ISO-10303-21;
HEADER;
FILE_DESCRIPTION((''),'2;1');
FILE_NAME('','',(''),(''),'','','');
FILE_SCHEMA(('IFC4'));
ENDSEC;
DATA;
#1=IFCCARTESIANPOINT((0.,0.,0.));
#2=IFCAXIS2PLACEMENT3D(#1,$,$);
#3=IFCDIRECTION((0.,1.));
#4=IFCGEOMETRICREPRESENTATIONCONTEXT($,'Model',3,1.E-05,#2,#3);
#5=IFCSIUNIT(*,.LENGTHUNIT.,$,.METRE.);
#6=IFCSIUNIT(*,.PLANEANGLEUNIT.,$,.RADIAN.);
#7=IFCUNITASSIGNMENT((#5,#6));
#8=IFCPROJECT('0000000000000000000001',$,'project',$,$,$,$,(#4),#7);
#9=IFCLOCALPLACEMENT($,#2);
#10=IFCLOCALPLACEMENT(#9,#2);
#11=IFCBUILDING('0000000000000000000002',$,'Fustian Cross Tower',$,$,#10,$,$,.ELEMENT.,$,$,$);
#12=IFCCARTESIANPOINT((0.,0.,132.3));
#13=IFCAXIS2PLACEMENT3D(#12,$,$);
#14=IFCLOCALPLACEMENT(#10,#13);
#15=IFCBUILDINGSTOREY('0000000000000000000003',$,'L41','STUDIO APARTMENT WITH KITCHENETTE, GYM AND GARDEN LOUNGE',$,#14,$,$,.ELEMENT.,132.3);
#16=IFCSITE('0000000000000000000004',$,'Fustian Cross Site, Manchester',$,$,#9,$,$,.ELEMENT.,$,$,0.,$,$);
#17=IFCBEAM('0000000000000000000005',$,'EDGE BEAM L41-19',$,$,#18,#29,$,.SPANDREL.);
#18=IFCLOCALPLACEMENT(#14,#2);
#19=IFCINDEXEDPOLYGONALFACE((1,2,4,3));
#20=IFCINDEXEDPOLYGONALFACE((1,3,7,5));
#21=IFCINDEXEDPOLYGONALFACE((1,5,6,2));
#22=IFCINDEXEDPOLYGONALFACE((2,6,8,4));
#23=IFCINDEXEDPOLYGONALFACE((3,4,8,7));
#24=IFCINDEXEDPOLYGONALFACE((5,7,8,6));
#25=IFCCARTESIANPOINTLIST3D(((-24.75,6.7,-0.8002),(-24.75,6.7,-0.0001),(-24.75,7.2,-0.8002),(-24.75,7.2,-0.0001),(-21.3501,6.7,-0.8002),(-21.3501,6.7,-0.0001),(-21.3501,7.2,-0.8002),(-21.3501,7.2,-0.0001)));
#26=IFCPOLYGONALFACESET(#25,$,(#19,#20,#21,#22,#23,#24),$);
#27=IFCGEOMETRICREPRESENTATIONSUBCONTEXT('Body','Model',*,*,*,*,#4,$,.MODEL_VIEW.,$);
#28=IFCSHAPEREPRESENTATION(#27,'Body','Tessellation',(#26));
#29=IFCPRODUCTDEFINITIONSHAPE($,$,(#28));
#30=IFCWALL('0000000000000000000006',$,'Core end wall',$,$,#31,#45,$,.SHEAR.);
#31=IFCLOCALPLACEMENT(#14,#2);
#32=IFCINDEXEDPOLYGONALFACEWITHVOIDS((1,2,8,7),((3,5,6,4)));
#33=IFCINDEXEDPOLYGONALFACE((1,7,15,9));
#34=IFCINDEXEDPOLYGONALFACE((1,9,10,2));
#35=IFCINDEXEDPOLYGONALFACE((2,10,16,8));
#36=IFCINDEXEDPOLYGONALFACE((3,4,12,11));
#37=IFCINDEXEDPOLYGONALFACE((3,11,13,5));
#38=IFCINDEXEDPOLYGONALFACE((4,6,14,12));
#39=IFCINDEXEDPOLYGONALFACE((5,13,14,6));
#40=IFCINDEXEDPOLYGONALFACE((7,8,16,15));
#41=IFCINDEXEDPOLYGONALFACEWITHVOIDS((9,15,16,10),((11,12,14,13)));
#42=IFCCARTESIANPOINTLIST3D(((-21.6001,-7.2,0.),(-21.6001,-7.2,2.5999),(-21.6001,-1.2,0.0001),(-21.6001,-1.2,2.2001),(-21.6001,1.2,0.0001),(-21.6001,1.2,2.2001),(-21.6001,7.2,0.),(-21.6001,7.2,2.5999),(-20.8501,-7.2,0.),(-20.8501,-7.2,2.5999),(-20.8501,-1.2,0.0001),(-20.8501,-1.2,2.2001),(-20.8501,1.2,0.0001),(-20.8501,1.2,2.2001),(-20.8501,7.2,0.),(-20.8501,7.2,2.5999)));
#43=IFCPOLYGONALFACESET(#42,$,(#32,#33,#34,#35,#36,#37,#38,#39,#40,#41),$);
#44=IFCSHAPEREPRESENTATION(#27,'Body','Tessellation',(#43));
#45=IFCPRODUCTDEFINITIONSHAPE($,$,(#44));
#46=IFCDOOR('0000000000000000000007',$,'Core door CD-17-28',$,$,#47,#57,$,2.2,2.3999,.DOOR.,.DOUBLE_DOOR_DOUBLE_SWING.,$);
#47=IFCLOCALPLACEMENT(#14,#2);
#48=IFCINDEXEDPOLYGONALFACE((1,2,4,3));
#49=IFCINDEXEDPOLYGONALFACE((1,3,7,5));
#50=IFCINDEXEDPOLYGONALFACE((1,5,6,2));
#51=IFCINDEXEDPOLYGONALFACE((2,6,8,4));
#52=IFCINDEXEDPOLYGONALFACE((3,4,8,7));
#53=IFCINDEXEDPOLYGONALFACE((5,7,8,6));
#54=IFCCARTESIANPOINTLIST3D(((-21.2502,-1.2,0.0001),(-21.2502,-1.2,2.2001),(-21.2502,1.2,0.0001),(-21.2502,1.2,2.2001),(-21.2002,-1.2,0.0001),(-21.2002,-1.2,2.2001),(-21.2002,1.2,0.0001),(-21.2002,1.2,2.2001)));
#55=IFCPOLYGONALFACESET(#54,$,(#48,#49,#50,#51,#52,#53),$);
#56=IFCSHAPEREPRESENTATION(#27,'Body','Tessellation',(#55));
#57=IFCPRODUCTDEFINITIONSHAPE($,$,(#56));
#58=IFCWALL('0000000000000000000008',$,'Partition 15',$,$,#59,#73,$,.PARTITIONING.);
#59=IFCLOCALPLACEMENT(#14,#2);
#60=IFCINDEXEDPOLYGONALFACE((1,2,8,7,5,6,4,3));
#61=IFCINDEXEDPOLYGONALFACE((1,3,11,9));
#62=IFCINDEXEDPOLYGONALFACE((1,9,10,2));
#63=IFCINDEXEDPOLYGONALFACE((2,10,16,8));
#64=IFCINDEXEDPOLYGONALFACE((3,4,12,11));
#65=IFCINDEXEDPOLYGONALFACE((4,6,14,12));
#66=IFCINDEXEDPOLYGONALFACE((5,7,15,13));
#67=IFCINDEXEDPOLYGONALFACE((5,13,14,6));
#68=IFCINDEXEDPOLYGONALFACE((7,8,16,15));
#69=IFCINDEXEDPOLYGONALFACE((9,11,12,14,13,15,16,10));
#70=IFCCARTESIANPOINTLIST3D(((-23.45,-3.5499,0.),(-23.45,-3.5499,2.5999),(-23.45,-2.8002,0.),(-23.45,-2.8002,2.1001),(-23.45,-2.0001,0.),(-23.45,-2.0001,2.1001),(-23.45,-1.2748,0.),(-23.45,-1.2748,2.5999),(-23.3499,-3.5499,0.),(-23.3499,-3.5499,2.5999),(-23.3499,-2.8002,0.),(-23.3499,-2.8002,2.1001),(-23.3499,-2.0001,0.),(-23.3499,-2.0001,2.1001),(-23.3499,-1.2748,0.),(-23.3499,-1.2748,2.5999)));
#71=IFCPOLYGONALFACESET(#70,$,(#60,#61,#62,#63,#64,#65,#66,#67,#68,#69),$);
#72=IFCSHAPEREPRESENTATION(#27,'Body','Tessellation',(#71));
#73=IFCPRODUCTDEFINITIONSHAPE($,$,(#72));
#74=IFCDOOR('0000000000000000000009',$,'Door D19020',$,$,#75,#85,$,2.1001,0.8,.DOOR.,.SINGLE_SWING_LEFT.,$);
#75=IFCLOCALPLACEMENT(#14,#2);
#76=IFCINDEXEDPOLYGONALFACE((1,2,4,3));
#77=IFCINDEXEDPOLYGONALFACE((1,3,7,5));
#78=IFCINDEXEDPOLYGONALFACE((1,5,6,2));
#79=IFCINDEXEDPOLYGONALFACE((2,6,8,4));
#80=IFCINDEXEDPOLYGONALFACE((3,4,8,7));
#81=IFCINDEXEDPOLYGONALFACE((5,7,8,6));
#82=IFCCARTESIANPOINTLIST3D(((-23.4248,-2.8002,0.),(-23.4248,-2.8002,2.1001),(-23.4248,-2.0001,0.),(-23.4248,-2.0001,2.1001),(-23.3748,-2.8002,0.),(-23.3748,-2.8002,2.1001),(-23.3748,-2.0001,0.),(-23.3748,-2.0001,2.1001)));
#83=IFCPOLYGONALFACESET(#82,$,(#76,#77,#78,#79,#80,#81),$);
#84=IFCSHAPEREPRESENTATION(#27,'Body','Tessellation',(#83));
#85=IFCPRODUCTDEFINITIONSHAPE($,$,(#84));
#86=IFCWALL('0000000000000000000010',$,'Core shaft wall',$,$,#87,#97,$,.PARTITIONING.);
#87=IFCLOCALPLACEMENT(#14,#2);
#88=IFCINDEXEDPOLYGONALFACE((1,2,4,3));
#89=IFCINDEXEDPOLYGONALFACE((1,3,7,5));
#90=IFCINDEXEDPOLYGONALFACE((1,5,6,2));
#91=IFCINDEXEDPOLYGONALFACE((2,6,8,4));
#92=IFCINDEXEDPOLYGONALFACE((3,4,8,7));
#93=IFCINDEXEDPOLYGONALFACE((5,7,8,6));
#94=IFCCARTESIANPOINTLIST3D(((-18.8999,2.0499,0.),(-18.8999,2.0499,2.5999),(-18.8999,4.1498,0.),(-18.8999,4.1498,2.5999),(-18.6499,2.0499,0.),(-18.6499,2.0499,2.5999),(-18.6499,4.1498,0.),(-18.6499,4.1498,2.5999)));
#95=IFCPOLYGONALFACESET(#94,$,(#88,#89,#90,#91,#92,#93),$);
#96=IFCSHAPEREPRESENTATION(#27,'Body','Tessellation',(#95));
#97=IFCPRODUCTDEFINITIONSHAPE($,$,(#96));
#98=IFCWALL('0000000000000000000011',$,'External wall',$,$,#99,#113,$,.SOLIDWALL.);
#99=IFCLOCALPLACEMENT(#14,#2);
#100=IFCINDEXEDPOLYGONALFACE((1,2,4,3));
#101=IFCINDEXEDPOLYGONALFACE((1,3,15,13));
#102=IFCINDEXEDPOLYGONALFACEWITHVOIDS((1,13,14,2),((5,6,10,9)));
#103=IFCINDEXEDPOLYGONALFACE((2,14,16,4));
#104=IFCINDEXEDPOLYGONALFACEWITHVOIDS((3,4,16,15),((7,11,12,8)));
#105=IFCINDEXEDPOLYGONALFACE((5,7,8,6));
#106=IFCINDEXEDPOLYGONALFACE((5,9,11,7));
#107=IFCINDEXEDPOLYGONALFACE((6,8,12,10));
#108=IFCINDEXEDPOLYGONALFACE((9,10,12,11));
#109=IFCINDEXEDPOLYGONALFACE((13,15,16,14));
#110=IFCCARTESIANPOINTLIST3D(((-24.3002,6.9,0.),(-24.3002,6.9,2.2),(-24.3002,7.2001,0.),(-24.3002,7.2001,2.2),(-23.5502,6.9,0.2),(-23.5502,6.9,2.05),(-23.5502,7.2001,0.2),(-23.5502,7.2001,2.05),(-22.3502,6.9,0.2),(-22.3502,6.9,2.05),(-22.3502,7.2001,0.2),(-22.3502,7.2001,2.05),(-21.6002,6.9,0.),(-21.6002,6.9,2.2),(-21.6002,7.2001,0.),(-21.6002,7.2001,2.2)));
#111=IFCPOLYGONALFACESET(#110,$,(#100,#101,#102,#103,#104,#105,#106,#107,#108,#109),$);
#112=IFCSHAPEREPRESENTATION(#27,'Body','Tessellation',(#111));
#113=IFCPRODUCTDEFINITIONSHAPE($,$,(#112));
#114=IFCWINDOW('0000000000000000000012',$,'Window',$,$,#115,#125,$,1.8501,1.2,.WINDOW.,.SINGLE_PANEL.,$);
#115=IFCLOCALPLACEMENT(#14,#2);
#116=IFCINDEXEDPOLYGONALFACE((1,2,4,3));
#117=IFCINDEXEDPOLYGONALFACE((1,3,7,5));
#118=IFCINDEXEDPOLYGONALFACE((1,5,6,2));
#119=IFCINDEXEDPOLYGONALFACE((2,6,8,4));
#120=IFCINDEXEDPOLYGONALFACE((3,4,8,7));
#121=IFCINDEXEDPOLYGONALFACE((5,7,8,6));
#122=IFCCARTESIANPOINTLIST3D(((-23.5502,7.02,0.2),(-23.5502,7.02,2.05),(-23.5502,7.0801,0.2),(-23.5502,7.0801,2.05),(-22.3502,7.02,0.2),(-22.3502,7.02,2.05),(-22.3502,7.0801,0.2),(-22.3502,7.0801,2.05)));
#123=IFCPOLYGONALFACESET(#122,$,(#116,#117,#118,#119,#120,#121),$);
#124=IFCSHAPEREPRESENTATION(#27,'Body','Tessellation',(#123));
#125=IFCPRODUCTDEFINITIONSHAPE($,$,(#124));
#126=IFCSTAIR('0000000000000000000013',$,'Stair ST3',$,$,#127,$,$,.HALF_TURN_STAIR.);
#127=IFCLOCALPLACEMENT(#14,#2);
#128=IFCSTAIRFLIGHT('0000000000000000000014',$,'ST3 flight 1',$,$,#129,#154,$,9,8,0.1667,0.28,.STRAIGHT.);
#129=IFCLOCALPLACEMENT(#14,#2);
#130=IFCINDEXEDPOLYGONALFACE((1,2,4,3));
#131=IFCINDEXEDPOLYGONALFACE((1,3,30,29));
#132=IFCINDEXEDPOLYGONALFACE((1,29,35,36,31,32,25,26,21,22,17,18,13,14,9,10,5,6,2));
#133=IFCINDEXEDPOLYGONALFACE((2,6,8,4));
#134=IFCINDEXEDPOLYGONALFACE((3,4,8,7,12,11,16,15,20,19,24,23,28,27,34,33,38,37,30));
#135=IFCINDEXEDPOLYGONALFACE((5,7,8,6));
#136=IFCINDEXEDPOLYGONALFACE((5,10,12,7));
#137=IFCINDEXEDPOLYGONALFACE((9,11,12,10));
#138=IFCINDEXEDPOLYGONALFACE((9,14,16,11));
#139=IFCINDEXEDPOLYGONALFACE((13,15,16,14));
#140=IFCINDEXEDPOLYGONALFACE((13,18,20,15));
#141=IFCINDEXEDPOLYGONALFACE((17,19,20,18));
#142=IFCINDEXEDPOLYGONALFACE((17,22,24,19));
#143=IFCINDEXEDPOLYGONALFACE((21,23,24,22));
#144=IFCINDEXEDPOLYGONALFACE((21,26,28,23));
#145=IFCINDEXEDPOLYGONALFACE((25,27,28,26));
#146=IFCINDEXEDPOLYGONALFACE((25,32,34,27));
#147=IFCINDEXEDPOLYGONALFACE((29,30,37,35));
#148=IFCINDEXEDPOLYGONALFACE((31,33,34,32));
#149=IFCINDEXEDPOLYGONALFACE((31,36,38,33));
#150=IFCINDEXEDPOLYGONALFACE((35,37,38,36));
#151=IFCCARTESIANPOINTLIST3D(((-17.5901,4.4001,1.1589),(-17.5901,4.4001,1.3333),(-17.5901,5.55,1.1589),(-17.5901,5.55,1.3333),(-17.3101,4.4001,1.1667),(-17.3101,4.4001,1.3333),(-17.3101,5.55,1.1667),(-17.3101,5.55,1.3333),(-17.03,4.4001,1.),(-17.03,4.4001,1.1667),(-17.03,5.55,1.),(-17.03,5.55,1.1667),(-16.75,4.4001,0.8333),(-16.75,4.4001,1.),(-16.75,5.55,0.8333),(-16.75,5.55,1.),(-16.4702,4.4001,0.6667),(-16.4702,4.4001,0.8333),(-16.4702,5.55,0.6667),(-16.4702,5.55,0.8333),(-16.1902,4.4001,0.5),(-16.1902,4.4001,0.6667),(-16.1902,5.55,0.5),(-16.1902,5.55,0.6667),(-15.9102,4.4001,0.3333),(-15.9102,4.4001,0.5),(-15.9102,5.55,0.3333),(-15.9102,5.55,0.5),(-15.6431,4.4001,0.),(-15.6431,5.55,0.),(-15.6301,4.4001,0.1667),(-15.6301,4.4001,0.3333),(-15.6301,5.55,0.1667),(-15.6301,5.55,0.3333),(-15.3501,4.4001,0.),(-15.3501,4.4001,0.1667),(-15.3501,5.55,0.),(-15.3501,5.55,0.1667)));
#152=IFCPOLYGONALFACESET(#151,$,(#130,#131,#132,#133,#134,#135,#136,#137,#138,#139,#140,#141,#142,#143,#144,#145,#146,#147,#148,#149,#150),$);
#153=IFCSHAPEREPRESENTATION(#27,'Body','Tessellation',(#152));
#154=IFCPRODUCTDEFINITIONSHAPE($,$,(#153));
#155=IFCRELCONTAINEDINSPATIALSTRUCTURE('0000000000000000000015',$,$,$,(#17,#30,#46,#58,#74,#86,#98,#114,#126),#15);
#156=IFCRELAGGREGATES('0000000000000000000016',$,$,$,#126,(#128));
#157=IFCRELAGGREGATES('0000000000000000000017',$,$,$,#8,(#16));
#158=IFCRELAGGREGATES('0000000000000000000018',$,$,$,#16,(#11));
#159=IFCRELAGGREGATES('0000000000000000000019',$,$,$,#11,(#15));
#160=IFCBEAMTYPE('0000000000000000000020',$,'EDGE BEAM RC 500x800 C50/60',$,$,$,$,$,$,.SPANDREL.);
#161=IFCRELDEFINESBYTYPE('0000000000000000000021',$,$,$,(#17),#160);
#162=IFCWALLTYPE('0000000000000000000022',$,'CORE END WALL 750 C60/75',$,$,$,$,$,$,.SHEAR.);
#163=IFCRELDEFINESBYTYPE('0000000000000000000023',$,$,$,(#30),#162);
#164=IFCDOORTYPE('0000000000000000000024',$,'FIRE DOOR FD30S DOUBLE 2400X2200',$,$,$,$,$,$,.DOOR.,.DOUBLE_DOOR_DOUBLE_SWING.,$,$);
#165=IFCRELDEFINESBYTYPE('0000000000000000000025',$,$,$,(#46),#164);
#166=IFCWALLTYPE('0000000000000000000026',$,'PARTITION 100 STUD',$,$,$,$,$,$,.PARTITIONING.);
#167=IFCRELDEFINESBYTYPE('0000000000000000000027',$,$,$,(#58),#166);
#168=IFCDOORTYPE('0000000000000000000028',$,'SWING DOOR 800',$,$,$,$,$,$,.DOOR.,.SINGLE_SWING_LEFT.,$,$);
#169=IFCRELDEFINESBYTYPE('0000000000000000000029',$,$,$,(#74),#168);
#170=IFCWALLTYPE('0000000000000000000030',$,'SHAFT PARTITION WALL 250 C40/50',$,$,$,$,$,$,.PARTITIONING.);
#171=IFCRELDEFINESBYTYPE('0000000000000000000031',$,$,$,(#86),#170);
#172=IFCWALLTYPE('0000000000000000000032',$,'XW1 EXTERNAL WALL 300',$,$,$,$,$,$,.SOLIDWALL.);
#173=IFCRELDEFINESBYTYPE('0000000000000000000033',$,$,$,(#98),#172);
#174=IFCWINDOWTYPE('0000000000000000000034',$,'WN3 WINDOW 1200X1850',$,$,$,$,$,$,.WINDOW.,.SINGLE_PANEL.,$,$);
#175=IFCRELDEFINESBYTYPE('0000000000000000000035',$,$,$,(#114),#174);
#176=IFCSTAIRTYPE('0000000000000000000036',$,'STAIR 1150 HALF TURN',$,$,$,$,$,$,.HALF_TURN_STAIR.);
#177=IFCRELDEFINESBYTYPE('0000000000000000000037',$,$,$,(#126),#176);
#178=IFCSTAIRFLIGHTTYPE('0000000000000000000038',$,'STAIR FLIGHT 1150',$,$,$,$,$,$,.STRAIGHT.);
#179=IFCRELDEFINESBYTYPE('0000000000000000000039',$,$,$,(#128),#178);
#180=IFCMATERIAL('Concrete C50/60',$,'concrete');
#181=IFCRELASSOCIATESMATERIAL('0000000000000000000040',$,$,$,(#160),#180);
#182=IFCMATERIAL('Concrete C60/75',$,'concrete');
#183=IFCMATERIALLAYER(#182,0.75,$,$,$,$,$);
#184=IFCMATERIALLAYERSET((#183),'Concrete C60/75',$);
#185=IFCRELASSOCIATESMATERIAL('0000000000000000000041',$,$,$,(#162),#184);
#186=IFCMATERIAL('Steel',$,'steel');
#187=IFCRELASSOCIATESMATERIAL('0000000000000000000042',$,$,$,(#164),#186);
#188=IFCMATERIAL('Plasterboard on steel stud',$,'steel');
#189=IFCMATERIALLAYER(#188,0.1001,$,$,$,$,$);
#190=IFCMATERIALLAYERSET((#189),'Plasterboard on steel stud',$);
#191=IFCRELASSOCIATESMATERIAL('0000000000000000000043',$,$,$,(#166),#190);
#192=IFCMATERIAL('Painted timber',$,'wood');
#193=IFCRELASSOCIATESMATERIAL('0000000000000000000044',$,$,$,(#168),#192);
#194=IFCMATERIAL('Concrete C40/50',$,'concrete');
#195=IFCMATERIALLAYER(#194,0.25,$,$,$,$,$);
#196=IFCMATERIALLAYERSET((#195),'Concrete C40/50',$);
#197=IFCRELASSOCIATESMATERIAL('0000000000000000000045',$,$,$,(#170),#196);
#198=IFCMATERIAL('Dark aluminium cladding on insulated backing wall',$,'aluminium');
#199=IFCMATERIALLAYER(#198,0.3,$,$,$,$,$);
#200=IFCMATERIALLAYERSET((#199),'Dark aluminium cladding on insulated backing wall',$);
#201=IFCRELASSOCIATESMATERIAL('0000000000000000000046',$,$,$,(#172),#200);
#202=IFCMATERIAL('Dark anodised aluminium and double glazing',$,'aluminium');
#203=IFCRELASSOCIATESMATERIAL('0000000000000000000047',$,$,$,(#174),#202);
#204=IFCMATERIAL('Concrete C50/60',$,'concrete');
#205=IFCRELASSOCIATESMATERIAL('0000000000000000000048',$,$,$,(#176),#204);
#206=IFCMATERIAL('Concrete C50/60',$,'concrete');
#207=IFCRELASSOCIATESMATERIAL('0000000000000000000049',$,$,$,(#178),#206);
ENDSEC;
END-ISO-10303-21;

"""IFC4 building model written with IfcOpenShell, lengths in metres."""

from ifc_helpers import new_model, si_unit, direction, frame, frame_2d, origin, origin_2d, place, context, subcontext, project, spatial, polyline, rectangle, outline, extrude, material, layer, layer_set, material_profile, profile_set, type_object, element, fill, aggregate, save


model = new_model("IFC4")

# Units and contexts
model_context = context("Model", 3, precision=1e-05, world=origin(), true_north=direction((0.0, 1.0)))
body_context = subcontext(model_context, "Body", "Model", "MODEL_VIEW")
ifc_project = project(units=[si_unit("LENGTHUNIT", "METRE"), si_unit("PLANEANGLEUNIT", "RADIAN")], contexts=[model_context])

# Site, building, storey
site_placement = place(None, origin())
site = spatial("IfcSite", under=ifc_project, at=site_placement, Name="Fustian Cross Site, Manchester", CompositionType="ELEMENT", RefElevation=0.0)
building_placement = place(site_placement, origin())
building = spatial("IfcBuilding", under=site, at=building_placement, Name="Fustian Cross Tower", CompositionType="ELEMENT")
storey_placement = place(building_placement, frame((0.0, 0.0, 132.3)))
storey = spatial("IfcBuildingStorey", under=building, at=storey_placement, Name="L41", Description="STUDIO APARTMENT WITH KITCHENETTE, GYM AND GARDEN LOUNGE", CompositionType="ELEMENT", Elevation=132.3)

# Beam
ifc_material_1 = material(Name="Concrete C50/60", Category="concrete")
ifc_material_profile = material_profile(ifc_material_1, rectangle(XDim=0.5, YDim=0.8, at=origin_2d()), Name="RC 500x800")
ifc_profile_set = profile_set([ifc_material_profile], Name="Concrete C50/60")
beam_type = type_object("IfcBeamType", Name="EDGE BEAM RC 500x800 C50/60", PredefinedType="SPANDREL", material=ifc_profile_set)
beam_placement = place(storey_placement, frame((-21.3501, 6.95, -0.4001), z_axis=(-1.0, 0.0, 0.0), x_axis=(0.0, -1.0, 0.0)))
element("IfcBeam", 1, at=beam_placement, inside=storey, type_object=beam_type, Name="EDGE BEAM L41-19", PredefinedType="SPANDREL", context=body_context, shape_type="SweptSolid", body=[
    extrude(rectangle(XDim=0.5, YDim=0.8, at=origin_2d()), origin(), (0.0, 0.0, 1.0), 3.3999),
])

# Walls, openings, doors
ifc_material_2 = material(Name="Concrete C60/75", Category="concrete")
ifc_layer_1 = layer(ifc_material_2, 0.75)
ifc_layer_set_1 = layer_set([ifc_layer_1], Name="Concrete C60/75")
wall_type_1 = type_object("IfcWallType", Name="CORE END WALL 750 C60/75", PredefinedType="SHEAR", material=ifc_layer_set_1)
wall_1_placement = place(storey_placement, frame((-21.2251, -7.2, 0.0), z_axis=(0.0, 0.0, 1.0), x_axis=(0.0, 1.0, 0.0)))
wall_1 = element("IfcWall", 2, at=wall_1_placement, inside=storey, type_object=wall_type_1, Name="Core end wall", PredefinedType="SHEAR", context=body_context, shape_type="SweptSolid", body=[
    extrude(rectangle(XDim=14.3999, YDim=0.75, at=frame_2d((7.2, 0.0))), origin(), (0.0, 0.0, 1.0), 2.5999),
])
opening_1_placement = place(wall_1_placement, frame((6.0, 0.0, 0.0)))
opening_1 = element("IfcOpeningElement", 3, at=opening_1_placement, cuts=wall_1, PredefinedType="OPENING", context=body_context, shape_type="SweptSolid", body=[
    extrude(rectangle(XDim=2.3999, YDim=2.2, at=frame_2d((1.2, 1.1001))), frame((0.0, 0.385, 0.0), z_axis=(0.0, -1.0, 0.0), x_axis=(1.0, 0.0, 0.0)), (0.0, 0.0, 1.0), 0.77),
])
ifc_material_3 = material(Name="Steel", Category="steel")
door_type_1 = type_object("IfcDoorType", Name="FIRE DOOR FD30S DOUBLE 2400X2200", OperationType="DOUBLE_DOOR_DOUBLE_SWING", PredefinedType="DOOR", material=ifc_material_3)
door_1_placement = place(opening_1_placement, frame((2.3999, 0.0, 0.0), z_axis=(0.0, 0.0, 1.0), x_axis=(-1.0, 0.0, 0.0)))
door_1 = element("IfcDoor", 4, at=door_1_placement, inside=storey, type_object=door_type_1, Name="Core door CD-17-28", OperationType="DOUBLE_DOOR_DOUBLE_SWING", OverallHeight=2.2, OverallWidth=2.3999, PredefinedType="DOOR", context=body_context, shape_type="SweptSolid", body=[
    extrude(rectangle(XDim=2.3999, YDim=2.2, at=frame_2d((1.2, 1.1001))), frame((0.0, 0.0249, 0.0), z_axis=(0.0, -1.0, 0.0), x_axis=(1.0, 0.0, 0.0)), (0.0, 0.0, 1.0), 0.05),
])
fill(opening_1, door_1)
ifc_material_4 = material(Name="Plasterboard on steel stud", Category="steel")
ifc_layer_2 = layer(ifc_material_4, 0.1001)
ifc_layer_set_2 = layer_set([ifc_layer_2], Name="Plasterboard on steel stud")
wall_type_2 = type_object("IfcWallType", Name="PARTITION 100 STUD", PredefinedType="PARTITIONING", material=ifc_layer_set_2)
wall_2_placement = place(storey_placement, frame((-23.3999, -3.55, 0.0), z_axis=(0.0, 0.0, 1.0), x_axis=(0.0, 1.0, 0.0)))
wall_2 = element("IfcWall", 5, at=wall_2_placement, inside=storey, type_object=wall_type_2, Name="Partition 15", PredefinedType="PARTITIONING", context=body_context, shape_type="SweptSolid", body=[
    extrude(rectangle(XDim=2.2751, YDim=0.1001, at=frame_2d((1.1377, 0.0))), origin(), (0.0, 0.0, 1.0), 2.5999),
])
opening_2_placement = place(wall_2_placement, frame((0.75, 0.0, 0.0)))
opening_2 = element("IfcOpeningElement", 6, at=opening_2_placement, cuts=wall_2, PredefinedType="OPENING", context=body_context, shape_type="SweptSolid", body=[
    extrude(rectangle(XDim=0.8, YDim=2.1001, at=frame_2d((0.3999, 1.05))), frame((0.0, 0.0601, 0.0), z_axis=(0.0, -1.0, 0.0), x_axis=(1.0, 0.0, 0.0)), (0.0, 0.0, 1.0), 0.1201),
])
ifc_material_5 = material(Name="Painted timber", Category="wood")
door_type_2 = type_object("IfcDoorType", Name="SWING DOOR 800", OperationType="SINGLE_SWING_LEFT", PredefinedType="DOOR", material=ifc_material_5)
door_2_placement = place(opening_2_placement, origin())
door_2 = element("IfcDoor", 7, at=door_2_placement, inside=storey, type_object=door_type_2, Name="Door D19020", OperationType="SINGLE_SWING_LEFT", OverallHeight=2.1001, OverallWidth=0.8, PredefinedType="DOOR", context=body_context, shape_type="SweptSolid", body=[
    extrude(rectangle(XDim=0.8, YDim=2.1001, at=frame_2d((0.3999, 1.05))), frame((0.0, 0.0249, 0.0), z_axis=(0.0, -1.0, 0.0), x_axis=(1.0, 0.0, 0.0)), (0.0, 0.0, 1.0), 0.05),
])
fill(opening_2, door_2)

# Wall
ifc_material_6 = material(Name="Concrete C40/50", Category="concrete")
ifc_layer_3 = layer(ifc_material_6, 0.25)
ifc_layer_set_3 = layer_set([ifc_layer_3], Name="Concrete C40/50")
wall_type_3 = type_object("IfcWallType", Name="SHAFT PARTITION WALL 250 C40/50", PredefinedType="PARTITIONING", material=ifc_layer_set_3)
wall_3_placement = place(storey_placement, frame((-18.7749, 2.05, 0.0), z_axis=(0.0, 0.0, 1.0), x_axis=(0.0, 1.0, 0.0)))
element("IfcWall", 8, at=wall_3_placement, inside=storey, type_object=wall_type_3, Name="Core shaft wall", PredefinedType="PARTITIONING", context=body_context, shape_type="SweptSolid", body=[
    extrude(rectangle(XDim=2.0999, YDim=0.25, at=frame_2d((1.0498, 0.0))), origin(), (0.0, 0.0, 1.0), 2.5999),
])

# Wall, opening, window
ifc_material_7 = material(Name="Dark aluminium cladding on insulated backing wall", Category="aluminium")
ifc_layer_4 = layer(ifc_material_7, 0.3)
ifc_layer_set_4 = layer_set([ifc_layer_4], Name="Dark aluminium cladding on insulated backing wall")
wall_type_4 = type_object("IfcWallType", Name="XW1 EXTERNAL WALL 300", PredefinedType="SOLIDWALL", material=ifc_layer_set_4)
wall_4_placement = place(storey_placement, frame((-21.6001, 7.05, 0.0), z_axis=(0.0, 0.0, 1.0), x_axis=(-1.0, 0.0, 0.0)))
wall_4 = element("IfcWall", 9, at=wall_4_placement, inside=storey, type_object=wall_type_4, Name="External wall", PredefinedType="SOLIDWALL", context=body_context, shape_type="SweptSolid", body=[
    extrude(rectangle(XDim=2.7, YDim=0.3, at=frame_2d((1.3501, 0.0))), origin(), (0.0, 0.0, 1.0), 2.2),
])
opening_3_placement = place(wall_4_placement, frame((0.75, 0.0, 0.2)))
opening_3 = element("IfcOpeningElement", 10, at=opening_3_placement, cuts=wall_4, PredefinedType="OPENING", context=body_context, shape_type="SweptSolid", body=[
    extrude(rectangle(XDim=1.2, YDim=1.8501, at=frame_2d((0.6001, 0.925))), frame((0.0, 0.1599, 0.0), z_axis=(0.0, -1.0, 0.0), x_axis=(1.0, 0.0, 0.0)), (0.0, 0.0, 1.0), 0.3201),
])
ifc_material_8 = material(Name="Dark anodised aluminium and double glazing", Category="aluminium")
window_type = type_object("IfcWindowType", Name="WN3 WINDOW 1200X1850", PartitioningType="SINGLE_PANEL", PredefinedType="WINDOW", material=ifc_material_8)
window_placement = place(opening_3_placement, origin())
window = element("IfcWindow", 11, at=window_placement, inside=storey, type_object=window_type, Name="Window", OverallHeight=1.8501, OverallWidth=1.2, PartitioningType="SINGLE_PANEL", PredefinedType="WINDOW", context=body_context, shape_type="SweptSolid", body=[
    extrude(rectangle(XDim=1.2, YDim=1.8501, at=frame_2d((0.6001, 0.925))), frame((0.0, 0.03, 0.0), z_axis=(0.0, -1.0, 0.0), x_axis=(1.0, 0.0, 0.0)), (0.0, 0.0, 1.0), 0.0601),
])
fill(opening_3, window)

# Stair, stair flight
ifc_material_9 = material(Name="Concrete C50/60", Category="concrete")
stair_type = type_object("IfcStairType", Name="STAIR 1150 HALF TURN", PredefinedType="HALF_TURN_STAIR", material=ifc_material_9)
stair_1_placement = place(storey_placement, origin())
stair_1 = element("IfcStair", 12, at=stair_1_placement, inside=storey, type_object=stair_type, Name="Stair ST3", PredefinedType="HALF_TURN_STAIR")
ifc_material_10 = material(Name="Concrete C50/60", Category="concrete")
stair_flight_type = type_object("IfcStairFlightType", Name="STAIR FLIGHT 1150", PredefinedType="STRAIGHT", material=ifc_material_10)
stair_flight_1_placement = place(storey_placement, frame((-15.3501, 4.9751, 0.0), z_axis=(0.0, 0.0, 1.0), x_axis=(-1.0, 0.0, 0.0)))
stair_flight_1 = element("IfcStairFlight", 13, at=stair_flight_1_placement, type_object=stair_flight_type, Name="ST3 flight 1", NumberOfRisers=9, NumberOfTreads=8, PredefinedType="STRAIGHT", RiserHeight=0.1667, TreadLength=0.28, context=body_context, shape_type="SweptSolid", body=[
    extrude(outline(polyline([(0.0, 0.0), (0.0, 0.1667), (0.28, 0.1667), (0.28, 0.3333), (0.5601, 0.3333), (0.5601, 0.5), (0.8401, 0.5), (0.8401, 0.6667), (1.1201, 0.6667), (1.1201, 0.8333), (1.3999, 0.8333), (1.3999, 1.0), (1.6799, 1.0), (1.6799, 1.1667), (1.96, 1.1667), (1.96, 1.3333), (2.24, 1.3333), (2.24, 1.5), (2.24, 1.1589), (0.293, 0.0), (0.0, 0.0)])), frame((0.0, 0.575, 0.0), z_axis=(0.0, -1.0, 0.0), x_axis=(1.0, 0.0, 0.0)), (0.0, 0.0, 1.0), 1.1499),
])
aggregate(stair_1, [stair_flight_1])

save(model, "model.ifc")
